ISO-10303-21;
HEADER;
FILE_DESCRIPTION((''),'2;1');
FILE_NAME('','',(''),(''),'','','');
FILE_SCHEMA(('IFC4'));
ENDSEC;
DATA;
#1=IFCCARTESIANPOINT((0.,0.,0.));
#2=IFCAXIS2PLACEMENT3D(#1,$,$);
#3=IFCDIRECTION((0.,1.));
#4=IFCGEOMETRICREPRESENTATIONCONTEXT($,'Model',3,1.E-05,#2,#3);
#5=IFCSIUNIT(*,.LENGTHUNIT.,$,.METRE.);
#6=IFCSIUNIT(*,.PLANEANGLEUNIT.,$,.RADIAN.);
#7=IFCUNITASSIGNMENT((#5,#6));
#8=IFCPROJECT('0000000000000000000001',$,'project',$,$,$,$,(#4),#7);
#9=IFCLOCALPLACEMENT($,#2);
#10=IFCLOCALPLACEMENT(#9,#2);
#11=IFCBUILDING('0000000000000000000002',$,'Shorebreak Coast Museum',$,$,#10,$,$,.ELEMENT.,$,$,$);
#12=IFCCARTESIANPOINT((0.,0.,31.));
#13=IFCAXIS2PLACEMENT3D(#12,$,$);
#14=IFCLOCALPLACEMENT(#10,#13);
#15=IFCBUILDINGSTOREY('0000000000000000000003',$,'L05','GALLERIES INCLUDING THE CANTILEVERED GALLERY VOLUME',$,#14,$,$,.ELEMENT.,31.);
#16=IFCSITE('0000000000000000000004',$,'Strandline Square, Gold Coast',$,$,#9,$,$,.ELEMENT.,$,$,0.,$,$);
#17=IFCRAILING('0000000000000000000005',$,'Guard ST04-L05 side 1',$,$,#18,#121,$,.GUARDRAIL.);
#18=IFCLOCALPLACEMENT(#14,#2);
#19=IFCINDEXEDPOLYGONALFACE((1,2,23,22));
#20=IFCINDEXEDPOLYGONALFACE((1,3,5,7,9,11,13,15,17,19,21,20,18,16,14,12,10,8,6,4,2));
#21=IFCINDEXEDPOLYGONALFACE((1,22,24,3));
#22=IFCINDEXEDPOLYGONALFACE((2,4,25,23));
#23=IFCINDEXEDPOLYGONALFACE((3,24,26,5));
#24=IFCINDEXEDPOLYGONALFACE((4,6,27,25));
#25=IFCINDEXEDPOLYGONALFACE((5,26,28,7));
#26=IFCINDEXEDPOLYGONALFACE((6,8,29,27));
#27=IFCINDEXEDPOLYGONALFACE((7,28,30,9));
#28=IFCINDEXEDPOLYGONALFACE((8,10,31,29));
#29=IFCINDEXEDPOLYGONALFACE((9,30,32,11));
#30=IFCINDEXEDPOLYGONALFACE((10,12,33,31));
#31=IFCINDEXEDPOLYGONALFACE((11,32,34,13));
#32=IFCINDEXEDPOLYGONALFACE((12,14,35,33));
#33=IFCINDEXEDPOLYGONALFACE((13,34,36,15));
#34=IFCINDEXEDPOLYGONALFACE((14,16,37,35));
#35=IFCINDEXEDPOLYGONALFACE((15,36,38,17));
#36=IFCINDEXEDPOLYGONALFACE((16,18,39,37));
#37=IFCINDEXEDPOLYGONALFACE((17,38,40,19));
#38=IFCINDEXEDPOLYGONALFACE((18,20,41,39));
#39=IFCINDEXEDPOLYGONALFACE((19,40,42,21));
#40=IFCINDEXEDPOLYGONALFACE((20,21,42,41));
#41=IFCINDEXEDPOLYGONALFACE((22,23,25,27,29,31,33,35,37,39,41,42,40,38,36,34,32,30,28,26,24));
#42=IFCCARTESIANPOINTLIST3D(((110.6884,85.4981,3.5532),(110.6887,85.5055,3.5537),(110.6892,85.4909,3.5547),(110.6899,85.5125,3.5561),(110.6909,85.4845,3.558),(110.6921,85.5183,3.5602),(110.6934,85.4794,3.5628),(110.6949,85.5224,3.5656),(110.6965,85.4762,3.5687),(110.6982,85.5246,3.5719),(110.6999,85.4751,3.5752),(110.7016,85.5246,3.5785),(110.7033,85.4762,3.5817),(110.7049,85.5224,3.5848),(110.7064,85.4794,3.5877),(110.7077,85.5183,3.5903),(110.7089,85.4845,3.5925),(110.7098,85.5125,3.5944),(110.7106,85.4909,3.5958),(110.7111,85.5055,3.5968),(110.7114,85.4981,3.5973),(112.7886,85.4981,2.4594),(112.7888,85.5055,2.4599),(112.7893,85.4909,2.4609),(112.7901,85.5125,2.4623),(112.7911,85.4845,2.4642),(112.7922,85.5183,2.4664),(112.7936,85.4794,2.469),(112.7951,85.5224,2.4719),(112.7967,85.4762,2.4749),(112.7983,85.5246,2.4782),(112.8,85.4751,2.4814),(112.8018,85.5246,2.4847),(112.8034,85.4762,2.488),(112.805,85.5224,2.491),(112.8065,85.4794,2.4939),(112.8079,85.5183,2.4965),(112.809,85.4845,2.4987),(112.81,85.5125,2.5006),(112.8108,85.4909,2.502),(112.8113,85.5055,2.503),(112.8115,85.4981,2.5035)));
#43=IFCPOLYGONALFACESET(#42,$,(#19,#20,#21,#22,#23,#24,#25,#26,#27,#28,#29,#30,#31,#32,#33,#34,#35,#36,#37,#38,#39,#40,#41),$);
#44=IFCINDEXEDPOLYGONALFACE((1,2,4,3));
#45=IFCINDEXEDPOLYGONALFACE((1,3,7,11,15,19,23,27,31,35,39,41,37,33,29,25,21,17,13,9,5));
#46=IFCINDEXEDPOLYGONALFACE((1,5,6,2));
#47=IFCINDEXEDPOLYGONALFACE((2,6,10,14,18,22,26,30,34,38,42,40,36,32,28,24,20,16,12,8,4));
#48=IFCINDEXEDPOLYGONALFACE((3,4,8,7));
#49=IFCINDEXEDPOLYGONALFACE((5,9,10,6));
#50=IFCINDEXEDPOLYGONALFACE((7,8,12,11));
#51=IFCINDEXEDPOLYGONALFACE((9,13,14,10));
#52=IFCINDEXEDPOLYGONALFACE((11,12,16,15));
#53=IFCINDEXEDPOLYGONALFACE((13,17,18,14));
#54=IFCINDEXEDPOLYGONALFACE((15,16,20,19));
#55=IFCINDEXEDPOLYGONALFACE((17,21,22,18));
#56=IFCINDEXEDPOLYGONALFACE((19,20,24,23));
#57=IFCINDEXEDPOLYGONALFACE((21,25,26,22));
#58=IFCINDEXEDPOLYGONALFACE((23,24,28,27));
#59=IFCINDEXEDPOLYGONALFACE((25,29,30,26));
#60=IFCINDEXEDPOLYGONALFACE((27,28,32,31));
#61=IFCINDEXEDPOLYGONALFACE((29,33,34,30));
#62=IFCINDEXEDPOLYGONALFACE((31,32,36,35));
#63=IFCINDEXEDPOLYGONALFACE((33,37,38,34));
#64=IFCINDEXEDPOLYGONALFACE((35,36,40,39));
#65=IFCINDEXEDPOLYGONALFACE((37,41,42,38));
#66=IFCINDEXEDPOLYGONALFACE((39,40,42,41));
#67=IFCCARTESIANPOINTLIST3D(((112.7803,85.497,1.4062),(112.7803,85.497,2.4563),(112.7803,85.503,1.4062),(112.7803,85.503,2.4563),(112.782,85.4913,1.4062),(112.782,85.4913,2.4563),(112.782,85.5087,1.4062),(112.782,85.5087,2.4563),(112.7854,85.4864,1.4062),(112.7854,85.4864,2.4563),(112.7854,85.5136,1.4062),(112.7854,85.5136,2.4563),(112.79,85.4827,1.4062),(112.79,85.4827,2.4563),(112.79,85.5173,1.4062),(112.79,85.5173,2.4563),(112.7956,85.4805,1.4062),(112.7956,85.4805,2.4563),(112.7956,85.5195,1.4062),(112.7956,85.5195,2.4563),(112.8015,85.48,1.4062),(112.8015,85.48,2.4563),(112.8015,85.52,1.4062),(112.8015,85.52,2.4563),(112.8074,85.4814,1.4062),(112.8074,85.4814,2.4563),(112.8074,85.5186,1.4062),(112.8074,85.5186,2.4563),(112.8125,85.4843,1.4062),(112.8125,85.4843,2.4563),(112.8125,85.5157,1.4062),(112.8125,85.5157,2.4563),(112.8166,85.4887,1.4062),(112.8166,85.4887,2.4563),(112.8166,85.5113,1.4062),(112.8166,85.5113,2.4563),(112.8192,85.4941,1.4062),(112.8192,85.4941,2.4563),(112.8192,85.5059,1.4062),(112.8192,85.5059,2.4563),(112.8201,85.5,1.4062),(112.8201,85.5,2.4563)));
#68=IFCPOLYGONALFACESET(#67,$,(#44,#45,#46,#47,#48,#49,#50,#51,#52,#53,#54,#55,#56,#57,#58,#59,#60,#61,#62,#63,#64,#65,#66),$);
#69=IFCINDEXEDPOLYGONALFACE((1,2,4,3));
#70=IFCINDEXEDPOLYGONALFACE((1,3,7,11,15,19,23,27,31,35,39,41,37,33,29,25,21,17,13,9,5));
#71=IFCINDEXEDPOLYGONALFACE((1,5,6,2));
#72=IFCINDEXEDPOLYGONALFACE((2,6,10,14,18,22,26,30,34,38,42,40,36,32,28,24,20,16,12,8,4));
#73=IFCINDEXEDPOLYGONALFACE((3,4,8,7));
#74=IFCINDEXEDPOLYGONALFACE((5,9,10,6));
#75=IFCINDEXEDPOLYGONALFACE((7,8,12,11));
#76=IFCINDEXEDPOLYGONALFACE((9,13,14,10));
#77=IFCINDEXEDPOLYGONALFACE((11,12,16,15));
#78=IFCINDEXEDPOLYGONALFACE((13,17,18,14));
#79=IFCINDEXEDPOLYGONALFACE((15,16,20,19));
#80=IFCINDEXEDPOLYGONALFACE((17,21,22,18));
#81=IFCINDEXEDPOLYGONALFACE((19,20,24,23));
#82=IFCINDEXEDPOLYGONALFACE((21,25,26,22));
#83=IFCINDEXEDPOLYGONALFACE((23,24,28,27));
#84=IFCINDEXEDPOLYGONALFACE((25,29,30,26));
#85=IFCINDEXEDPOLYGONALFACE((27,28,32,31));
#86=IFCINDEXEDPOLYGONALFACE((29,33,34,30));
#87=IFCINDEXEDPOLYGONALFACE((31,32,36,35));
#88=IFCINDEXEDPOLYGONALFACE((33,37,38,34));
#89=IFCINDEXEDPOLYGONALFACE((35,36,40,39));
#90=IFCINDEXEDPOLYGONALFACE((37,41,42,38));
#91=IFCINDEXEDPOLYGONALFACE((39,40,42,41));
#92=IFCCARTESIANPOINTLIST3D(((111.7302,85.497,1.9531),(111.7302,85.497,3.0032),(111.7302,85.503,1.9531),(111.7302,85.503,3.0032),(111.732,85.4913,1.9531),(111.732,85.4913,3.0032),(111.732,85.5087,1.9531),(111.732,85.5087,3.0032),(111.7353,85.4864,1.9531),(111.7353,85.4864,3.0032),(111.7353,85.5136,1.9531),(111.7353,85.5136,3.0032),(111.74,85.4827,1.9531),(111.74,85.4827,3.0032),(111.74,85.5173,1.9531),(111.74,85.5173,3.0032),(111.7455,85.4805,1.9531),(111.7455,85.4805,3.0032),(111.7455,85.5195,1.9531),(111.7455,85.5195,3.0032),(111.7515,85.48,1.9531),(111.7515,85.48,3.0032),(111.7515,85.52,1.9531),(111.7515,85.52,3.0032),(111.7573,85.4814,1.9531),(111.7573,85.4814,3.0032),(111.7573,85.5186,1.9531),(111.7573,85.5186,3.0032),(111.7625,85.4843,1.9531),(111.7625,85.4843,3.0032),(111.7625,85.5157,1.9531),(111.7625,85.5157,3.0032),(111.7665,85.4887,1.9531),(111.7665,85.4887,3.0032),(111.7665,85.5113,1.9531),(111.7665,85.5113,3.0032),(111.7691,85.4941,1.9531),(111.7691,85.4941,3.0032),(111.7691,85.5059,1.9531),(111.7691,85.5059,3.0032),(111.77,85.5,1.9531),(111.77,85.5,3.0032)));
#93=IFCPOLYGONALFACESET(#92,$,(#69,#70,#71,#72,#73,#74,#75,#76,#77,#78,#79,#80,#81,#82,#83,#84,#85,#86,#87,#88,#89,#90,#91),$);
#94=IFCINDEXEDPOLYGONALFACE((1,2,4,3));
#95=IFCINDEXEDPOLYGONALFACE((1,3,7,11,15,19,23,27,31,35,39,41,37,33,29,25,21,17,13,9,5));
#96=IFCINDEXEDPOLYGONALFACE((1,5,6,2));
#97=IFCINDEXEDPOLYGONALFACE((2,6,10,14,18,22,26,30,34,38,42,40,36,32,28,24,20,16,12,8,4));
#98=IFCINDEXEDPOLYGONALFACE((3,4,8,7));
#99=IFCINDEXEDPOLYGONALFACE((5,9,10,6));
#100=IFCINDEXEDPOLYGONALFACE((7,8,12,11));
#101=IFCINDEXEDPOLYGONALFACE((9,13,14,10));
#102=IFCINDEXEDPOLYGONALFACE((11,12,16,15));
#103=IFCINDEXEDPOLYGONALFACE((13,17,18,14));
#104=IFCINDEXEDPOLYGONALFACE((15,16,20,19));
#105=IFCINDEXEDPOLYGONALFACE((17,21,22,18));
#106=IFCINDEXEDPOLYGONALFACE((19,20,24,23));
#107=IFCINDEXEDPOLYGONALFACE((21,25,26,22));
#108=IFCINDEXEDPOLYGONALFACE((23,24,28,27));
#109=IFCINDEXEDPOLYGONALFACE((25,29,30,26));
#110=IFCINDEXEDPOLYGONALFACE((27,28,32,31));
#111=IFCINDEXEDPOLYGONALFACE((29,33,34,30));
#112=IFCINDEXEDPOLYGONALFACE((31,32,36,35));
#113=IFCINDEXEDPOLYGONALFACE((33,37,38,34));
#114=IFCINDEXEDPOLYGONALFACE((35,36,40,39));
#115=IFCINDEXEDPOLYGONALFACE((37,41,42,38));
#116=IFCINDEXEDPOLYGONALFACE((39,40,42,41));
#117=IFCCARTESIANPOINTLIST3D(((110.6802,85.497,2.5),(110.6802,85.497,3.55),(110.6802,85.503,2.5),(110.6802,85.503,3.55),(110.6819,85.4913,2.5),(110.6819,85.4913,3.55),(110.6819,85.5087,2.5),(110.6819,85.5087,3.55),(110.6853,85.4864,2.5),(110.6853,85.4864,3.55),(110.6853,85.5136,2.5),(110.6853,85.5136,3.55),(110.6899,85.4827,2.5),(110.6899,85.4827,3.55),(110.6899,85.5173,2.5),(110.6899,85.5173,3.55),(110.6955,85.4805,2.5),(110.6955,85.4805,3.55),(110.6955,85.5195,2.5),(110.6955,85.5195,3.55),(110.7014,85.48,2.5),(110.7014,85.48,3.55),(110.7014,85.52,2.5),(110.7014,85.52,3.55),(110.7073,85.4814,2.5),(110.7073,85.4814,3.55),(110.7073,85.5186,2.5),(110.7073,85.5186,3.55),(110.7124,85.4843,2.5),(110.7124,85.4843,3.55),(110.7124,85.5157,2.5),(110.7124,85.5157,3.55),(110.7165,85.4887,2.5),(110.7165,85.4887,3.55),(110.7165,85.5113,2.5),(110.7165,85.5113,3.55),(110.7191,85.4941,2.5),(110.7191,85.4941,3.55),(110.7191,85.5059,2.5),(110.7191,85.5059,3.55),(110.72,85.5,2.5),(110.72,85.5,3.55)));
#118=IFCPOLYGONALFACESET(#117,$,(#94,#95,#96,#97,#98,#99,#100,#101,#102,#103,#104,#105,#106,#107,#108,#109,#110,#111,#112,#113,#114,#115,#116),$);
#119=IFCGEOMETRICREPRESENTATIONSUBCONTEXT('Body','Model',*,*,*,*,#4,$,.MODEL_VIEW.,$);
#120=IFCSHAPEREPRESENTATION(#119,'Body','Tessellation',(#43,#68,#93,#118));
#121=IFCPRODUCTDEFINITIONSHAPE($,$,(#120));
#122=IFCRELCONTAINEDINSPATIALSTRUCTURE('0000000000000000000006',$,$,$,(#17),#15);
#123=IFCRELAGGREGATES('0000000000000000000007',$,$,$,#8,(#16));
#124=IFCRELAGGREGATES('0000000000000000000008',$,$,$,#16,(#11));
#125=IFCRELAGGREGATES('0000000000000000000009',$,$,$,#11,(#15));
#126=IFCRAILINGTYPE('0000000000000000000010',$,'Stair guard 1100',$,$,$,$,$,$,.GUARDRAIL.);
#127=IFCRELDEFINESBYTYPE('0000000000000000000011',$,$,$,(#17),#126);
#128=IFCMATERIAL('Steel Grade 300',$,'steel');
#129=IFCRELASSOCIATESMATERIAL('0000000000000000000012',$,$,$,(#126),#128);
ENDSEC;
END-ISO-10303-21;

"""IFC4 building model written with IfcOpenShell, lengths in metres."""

from ifc_helpers import new_model, si_unit, direction, frame, origin, origin_2d, place, context, subcontext, project, spatial, circle, extrude, material, type_object, element, save


model = new_model("IFC4")

# Units and contexts
model_context = context("Model", 3, precision=1e-05, world=origin(), true_north=direction((0.0, 1.0)))
body_context = subcontext(model_context, "Body", "Model", "MODEL_VIEW")
ifc_project = project(units=[si_unit("LENGTHUNIT", "METRE"), si_unit("PLANEANGLEUNIT", "RADIAN")], contexts=[model_context])

# Site, building, storey
site_placement = place(None, origin())
site = spatial("IfcSite", under=ifc_project, at=site_placement, Name="Strandline Square, Gold Coast", CompositionType="ELEMENT", RefElevation=0.0)
building_placement = place(site_placement, origin())
building = spatial("IfcBuilding", under=site, at=building_placement, Name="Shorebreak Coast Museum", CompositionType="ELEMENT")
storey_placement = place(building_placement, frame((0.0, 0.0, 31.0)))
storey = spatial("IfcBuildingStorey", under=building, at=storey_placement, Name="L05", Description="GALLERIES INCLUDING THE CANTILEVERED GALLERY VOLUME", CompositionType="ELEMENT", Elevation=31.0)

# Railing
ifc_material_1 = material(Name="Steel Grade 300", Category="steel")
railing_type_1 = type_object("IfcRailingType", Name="Stair guard 1100", PredefinedType="GUARDRAIL", material=ifc_material_1)
for number, where, name in (
    (1, (112.8, 85.5, 1.4062), "Guard ST04-L05 side 1"),
):
    element("IfcRailing", number, at=place(storey_placement, frame(where)), inside=storey, type_object=railing_type_1, Name=name, PredefinedType="GUARDRAIL", context=body_context, shape_type="SweptSolid", body=[
        extrude(circle(Radius=0.0249, at=origin_2d()), frame((0.0, 0.0, 1.0752), z_axis=(-0.886923, 0.0, 0.461918), x_axis=(0.0, -1.0, 0.0)), (0.0, 0.0, 1.0), 2.3679),
        extrude(circle(Radius=0.02, at=origin_2d()), origin(), (0.0, 0.0, 1.0), 1.05),
        extrude(circle(Radius=0.02, at=origin_2d()), frame((-1.05, 0.0, 0.5469)), (0.0, 0.0, 1.0), 1.05),
        extrude(circle(Radius=0.02, at=origin_2d()), frame((-2.1001, 0.0, 1.0938)), (0.0, 0.0, 1.0), 1.05),
    ])

save(model, "model.ifc")
